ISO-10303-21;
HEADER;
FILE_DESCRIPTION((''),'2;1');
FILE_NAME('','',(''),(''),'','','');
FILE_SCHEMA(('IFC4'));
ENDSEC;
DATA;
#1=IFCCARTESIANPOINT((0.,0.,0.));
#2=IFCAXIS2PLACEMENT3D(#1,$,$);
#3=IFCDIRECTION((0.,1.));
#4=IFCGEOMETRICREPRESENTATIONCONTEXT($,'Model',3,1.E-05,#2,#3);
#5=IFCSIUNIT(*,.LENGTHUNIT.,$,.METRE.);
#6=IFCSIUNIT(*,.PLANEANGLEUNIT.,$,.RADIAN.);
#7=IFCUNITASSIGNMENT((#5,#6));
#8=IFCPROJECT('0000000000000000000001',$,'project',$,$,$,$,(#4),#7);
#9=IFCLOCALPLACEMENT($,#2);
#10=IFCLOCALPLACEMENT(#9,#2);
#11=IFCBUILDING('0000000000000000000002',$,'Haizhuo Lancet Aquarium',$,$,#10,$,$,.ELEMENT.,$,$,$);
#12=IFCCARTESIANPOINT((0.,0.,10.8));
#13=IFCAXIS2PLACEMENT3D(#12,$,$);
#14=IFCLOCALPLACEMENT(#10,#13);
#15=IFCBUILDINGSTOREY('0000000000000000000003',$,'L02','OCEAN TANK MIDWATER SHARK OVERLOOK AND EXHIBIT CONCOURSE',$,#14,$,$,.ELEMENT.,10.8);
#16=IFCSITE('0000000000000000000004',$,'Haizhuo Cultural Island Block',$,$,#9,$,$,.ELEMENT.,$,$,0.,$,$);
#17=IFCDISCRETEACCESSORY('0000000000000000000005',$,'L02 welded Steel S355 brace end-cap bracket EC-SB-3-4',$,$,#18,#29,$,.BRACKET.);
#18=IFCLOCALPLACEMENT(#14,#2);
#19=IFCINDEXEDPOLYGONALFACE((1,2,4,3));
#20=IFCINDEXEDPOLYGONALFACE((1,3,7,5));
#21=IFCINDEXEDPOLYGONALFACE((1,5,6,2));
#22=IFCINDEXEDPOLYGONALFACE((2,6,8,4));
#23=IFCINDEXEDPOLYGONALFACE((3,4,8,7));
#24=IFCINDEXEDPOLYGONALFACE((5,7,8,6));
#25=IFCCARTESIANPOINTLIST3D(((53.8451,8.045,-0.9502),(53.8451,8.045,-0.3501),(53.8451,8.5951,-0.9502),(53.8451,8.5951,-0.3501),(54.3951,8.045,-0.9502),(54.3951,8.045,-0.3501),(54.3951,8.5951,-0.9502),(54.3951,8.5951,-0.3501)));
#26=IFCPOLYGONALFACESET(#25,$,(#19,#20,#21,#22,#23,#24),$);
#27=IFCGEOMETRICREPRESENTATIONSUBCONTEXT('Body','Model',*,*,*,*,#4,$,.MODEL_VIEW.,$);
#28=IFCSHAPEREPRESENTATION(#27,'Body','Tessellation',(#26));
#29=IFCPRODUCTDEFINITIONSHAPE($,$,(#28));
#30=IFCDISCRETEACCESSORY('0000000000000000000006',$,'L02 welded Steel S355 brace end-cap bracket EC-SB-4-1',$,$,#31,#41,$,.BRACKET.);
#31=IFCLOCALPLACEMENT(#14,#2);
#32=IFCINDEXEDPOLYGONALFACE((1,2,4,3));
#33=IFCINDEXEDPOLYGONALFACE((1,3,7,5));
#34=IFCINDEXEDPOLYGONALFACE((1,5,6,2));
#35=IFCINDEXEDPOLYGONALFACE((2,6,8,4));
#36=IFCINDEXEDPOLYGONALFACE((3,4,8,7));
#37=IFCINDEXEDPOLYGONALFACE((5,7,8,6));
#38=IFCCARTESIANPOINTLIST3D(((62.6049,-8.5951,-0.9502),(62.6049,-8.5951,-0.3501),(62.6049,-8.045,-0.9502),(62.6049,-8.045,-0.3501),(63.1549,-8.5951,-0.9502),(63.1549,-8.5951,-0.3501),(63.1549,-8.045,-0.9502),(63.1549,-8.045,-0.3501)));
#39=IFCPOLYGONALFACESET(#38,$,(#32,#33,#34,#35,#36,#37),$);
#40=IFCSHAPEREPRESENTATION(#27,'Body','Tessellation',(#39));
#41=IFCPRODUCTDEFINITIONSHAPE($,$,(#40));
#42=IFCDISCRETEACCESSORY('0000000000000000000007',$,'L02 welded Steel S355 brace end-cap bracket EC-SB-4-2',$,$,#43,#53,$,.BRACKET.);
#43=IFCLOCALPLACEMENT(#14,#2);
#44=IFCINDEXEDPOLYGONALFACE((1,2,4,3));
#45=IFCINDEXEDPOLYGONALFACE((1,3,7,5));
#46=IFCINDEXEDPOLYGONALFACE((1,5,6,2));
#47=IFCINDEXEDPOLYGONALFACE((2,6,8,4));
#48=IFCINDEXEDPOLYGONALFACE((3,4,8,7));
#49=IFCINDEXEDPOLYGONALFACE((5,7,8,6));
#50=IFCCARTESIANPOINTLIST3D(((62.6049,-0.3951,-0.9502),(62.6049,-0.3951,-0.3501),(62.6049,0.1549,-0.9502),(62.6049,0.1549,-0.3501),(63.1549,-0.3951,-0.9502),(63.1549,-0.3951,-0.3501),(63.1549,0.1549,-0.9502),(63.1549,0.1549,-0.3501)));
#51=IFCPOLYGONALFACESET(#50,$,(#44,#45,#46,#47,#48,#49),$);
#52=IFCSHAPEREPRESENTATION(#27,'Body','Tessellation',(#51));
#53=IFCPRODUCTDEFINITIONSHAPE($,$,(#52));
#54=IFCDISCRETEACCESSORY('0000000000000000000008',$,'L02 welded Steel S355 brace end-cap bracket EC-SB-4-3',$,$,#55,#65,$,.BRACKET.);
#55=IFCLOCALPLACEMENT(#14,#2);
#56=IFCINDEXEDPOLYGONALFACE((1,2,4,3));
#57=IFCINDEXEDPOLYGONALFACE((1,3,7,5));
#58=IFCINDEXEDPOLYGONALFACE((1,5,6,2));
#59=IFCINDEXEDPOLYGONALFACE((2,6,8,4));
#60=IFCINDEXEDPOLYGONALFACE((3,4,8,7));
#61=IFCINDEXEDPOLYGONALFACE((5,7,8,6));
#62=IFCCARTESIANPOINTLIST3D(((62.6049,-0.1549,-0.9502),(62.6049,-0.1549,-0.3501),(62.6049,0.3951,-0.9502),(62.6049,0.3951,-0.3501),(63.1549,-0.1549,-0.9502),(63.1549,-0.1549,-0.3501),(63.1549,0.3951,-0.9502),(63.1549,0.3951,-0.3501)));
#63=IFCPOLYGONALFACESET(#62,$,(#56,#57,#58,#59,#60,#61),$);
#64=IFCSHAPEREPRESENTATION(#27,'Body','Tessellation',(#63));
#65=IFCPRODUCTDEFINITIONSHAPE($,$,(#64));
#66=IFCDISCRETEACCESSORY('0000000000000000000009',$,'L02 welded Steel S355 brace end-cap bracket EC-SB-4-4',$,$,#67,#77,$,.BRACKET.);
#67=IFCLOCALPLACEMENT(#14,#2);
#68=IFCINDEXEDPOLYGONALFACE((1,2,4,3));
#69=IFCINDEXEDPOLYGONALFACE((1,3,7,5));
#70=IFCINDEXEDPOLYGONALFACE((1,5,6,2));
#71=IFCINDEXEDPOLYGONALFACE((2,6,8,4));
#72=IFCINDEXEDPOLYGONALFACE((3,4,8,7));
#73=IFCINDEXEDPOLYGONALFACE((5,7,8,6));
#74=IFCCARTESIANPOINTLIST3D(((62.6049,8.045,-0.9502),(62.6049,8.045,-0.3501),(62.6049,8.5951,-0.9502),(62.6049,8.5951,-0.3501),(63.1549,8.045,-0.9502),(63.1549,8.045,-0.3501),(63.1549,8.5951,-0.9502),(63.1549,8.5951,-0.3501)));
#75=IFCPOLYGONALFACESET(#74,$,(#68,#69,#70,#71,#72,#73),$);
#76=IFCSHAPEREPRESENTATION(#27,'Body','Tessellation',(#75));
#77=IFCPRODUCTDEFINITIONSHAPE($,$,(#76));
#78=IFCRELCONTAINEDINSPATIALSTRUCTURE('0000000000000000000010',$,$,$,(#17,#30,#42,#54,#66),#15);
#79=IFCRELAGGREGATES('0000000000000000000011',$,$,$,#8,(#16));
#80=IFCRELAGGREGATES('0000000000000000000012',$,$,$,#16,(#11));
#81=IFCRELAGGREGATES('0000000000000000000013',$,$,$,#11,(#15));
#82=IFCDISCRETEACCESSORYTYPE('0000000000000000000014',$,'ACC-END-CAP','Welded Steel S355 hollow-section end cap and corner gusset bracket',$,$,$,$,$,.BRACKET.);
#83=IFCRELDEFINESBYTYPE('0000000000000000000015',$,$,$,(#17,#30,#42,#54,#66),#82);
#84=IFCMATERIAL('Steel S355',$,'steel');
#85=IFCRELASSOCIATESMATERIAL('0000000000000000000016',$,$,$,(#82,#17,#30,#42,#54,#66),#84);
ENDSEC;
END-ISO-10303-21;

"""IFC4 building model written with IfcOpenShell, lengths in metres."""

from ifc_helpers import new_model, si_unit, direction, frame, origin, origin_2d, place, context, subcontext, project, spatial, rectangle, extrude, material, type_object, element, save


model = new_model("IFC4")

# Units and contexts
model_context = context("Model", 3, precision=1e-05, world=origin(), true_north=direction((0.0, 1.0)))
body_context = subcontext(model_context, "Body", "Model", "MODEL_VIEW")
ifc_project = project(units=[si_unit("LENGTHUNIT", "METRE"), si_unit("PLANEANGLEUNIT", "RADIAN")], contexts=[model_context])

# Site, building, storey
site_placement = place(None, origin())
site = spatial("IfcSite", under=ifc_project, at=site_placement, Name="Haizhuo Cultural Island Block", CompositionType="ELEMENT", RefElevation=0.0)
building_placement = place(site_placement, origin())
building = spatial("IfcBuilding", under=site, at=building_placement, Name="Haizhuo Lancet Aquarium", CompositionType="ELEMENT")
storey_placement = place(building_placement, frame((0.0, 0.0, 10.8)))
storey = spatial("IfcBuildingStorey", under=building, at=storey_placement, Name="L02", Description="OCEAN TANK MIDWATER SHARK OVERLOOK AND EXHIBIT CONCOURSE", CompositionType="ELEMENT", Elevation=10.8)

# Shared definitions
ifc_material_1 = material(Name="Steel S355", Category="steel")

# Discrete accessories
discrete_accessory_type = type_object("IfcDiscreteAccessoryType", Name="ACC-END-CAP", Description="Welded Steel S355 hollow-section end cap and corner gusset bracket", PredefinedType="BRACKET", material=ifc_material_1)
for number, where, z_axis, x_axis, name in (
    (1, (54.1201, 8.3201, -0.9502), (0.0, 0.0, 1.0), (1.0, 0.0, 0.0), "L02 welded Steel S355 brace end-cap bracket EC-SB-3-4"),
    (2, (62.8799, -8.3201, -0.9502), (0.0, 0.0, 1.0), (1.0, 0.0, 0.0), "L02 welded Steel S355 brace end-cap bracket EC-SB-4-1"),
    (3, (62.8799, -0.1201, -0.9502), (0.0, 0.0, 1.0), (1.0, 0.0, 0.0), "L02 welded Steel S355 brace end-cap bracket EC-SB-4-2"),
    (4, (62.8799, 0.1201, -0.9502), (0.0, 0.0, 1.0), (1.0, 0.0, 0.0), "L02 welded Steel S355 brace end-cap bracket EC-SB-4-3"),
    (5, (62.8799, 8.3201, -0.9502), (0.0, 0.0, 1.0), (1.0, 0.0, 0.0), "L02 welded Steel S355 brace end-cap bracket EC-SB-4-4"),
):
    element("IfcDiscreteAccessory", number, at=place(storey_placement, frame(where, z_axis=z_axis, x_axis=x_axis)), inside=storey, type_object=discrete_accessory_type, material=ifc_material_1, Name=name, PredefinedType="BRACKET", context=body_context, shape_type="SweptSolid", body=[
        extrude(rectangle(XDim=0.55, YDim=0.55, at=origin_2d()), origin(), (0.0, 0.0, 1.0), 0.6001),
    ])

save(model, "model.ifc")
